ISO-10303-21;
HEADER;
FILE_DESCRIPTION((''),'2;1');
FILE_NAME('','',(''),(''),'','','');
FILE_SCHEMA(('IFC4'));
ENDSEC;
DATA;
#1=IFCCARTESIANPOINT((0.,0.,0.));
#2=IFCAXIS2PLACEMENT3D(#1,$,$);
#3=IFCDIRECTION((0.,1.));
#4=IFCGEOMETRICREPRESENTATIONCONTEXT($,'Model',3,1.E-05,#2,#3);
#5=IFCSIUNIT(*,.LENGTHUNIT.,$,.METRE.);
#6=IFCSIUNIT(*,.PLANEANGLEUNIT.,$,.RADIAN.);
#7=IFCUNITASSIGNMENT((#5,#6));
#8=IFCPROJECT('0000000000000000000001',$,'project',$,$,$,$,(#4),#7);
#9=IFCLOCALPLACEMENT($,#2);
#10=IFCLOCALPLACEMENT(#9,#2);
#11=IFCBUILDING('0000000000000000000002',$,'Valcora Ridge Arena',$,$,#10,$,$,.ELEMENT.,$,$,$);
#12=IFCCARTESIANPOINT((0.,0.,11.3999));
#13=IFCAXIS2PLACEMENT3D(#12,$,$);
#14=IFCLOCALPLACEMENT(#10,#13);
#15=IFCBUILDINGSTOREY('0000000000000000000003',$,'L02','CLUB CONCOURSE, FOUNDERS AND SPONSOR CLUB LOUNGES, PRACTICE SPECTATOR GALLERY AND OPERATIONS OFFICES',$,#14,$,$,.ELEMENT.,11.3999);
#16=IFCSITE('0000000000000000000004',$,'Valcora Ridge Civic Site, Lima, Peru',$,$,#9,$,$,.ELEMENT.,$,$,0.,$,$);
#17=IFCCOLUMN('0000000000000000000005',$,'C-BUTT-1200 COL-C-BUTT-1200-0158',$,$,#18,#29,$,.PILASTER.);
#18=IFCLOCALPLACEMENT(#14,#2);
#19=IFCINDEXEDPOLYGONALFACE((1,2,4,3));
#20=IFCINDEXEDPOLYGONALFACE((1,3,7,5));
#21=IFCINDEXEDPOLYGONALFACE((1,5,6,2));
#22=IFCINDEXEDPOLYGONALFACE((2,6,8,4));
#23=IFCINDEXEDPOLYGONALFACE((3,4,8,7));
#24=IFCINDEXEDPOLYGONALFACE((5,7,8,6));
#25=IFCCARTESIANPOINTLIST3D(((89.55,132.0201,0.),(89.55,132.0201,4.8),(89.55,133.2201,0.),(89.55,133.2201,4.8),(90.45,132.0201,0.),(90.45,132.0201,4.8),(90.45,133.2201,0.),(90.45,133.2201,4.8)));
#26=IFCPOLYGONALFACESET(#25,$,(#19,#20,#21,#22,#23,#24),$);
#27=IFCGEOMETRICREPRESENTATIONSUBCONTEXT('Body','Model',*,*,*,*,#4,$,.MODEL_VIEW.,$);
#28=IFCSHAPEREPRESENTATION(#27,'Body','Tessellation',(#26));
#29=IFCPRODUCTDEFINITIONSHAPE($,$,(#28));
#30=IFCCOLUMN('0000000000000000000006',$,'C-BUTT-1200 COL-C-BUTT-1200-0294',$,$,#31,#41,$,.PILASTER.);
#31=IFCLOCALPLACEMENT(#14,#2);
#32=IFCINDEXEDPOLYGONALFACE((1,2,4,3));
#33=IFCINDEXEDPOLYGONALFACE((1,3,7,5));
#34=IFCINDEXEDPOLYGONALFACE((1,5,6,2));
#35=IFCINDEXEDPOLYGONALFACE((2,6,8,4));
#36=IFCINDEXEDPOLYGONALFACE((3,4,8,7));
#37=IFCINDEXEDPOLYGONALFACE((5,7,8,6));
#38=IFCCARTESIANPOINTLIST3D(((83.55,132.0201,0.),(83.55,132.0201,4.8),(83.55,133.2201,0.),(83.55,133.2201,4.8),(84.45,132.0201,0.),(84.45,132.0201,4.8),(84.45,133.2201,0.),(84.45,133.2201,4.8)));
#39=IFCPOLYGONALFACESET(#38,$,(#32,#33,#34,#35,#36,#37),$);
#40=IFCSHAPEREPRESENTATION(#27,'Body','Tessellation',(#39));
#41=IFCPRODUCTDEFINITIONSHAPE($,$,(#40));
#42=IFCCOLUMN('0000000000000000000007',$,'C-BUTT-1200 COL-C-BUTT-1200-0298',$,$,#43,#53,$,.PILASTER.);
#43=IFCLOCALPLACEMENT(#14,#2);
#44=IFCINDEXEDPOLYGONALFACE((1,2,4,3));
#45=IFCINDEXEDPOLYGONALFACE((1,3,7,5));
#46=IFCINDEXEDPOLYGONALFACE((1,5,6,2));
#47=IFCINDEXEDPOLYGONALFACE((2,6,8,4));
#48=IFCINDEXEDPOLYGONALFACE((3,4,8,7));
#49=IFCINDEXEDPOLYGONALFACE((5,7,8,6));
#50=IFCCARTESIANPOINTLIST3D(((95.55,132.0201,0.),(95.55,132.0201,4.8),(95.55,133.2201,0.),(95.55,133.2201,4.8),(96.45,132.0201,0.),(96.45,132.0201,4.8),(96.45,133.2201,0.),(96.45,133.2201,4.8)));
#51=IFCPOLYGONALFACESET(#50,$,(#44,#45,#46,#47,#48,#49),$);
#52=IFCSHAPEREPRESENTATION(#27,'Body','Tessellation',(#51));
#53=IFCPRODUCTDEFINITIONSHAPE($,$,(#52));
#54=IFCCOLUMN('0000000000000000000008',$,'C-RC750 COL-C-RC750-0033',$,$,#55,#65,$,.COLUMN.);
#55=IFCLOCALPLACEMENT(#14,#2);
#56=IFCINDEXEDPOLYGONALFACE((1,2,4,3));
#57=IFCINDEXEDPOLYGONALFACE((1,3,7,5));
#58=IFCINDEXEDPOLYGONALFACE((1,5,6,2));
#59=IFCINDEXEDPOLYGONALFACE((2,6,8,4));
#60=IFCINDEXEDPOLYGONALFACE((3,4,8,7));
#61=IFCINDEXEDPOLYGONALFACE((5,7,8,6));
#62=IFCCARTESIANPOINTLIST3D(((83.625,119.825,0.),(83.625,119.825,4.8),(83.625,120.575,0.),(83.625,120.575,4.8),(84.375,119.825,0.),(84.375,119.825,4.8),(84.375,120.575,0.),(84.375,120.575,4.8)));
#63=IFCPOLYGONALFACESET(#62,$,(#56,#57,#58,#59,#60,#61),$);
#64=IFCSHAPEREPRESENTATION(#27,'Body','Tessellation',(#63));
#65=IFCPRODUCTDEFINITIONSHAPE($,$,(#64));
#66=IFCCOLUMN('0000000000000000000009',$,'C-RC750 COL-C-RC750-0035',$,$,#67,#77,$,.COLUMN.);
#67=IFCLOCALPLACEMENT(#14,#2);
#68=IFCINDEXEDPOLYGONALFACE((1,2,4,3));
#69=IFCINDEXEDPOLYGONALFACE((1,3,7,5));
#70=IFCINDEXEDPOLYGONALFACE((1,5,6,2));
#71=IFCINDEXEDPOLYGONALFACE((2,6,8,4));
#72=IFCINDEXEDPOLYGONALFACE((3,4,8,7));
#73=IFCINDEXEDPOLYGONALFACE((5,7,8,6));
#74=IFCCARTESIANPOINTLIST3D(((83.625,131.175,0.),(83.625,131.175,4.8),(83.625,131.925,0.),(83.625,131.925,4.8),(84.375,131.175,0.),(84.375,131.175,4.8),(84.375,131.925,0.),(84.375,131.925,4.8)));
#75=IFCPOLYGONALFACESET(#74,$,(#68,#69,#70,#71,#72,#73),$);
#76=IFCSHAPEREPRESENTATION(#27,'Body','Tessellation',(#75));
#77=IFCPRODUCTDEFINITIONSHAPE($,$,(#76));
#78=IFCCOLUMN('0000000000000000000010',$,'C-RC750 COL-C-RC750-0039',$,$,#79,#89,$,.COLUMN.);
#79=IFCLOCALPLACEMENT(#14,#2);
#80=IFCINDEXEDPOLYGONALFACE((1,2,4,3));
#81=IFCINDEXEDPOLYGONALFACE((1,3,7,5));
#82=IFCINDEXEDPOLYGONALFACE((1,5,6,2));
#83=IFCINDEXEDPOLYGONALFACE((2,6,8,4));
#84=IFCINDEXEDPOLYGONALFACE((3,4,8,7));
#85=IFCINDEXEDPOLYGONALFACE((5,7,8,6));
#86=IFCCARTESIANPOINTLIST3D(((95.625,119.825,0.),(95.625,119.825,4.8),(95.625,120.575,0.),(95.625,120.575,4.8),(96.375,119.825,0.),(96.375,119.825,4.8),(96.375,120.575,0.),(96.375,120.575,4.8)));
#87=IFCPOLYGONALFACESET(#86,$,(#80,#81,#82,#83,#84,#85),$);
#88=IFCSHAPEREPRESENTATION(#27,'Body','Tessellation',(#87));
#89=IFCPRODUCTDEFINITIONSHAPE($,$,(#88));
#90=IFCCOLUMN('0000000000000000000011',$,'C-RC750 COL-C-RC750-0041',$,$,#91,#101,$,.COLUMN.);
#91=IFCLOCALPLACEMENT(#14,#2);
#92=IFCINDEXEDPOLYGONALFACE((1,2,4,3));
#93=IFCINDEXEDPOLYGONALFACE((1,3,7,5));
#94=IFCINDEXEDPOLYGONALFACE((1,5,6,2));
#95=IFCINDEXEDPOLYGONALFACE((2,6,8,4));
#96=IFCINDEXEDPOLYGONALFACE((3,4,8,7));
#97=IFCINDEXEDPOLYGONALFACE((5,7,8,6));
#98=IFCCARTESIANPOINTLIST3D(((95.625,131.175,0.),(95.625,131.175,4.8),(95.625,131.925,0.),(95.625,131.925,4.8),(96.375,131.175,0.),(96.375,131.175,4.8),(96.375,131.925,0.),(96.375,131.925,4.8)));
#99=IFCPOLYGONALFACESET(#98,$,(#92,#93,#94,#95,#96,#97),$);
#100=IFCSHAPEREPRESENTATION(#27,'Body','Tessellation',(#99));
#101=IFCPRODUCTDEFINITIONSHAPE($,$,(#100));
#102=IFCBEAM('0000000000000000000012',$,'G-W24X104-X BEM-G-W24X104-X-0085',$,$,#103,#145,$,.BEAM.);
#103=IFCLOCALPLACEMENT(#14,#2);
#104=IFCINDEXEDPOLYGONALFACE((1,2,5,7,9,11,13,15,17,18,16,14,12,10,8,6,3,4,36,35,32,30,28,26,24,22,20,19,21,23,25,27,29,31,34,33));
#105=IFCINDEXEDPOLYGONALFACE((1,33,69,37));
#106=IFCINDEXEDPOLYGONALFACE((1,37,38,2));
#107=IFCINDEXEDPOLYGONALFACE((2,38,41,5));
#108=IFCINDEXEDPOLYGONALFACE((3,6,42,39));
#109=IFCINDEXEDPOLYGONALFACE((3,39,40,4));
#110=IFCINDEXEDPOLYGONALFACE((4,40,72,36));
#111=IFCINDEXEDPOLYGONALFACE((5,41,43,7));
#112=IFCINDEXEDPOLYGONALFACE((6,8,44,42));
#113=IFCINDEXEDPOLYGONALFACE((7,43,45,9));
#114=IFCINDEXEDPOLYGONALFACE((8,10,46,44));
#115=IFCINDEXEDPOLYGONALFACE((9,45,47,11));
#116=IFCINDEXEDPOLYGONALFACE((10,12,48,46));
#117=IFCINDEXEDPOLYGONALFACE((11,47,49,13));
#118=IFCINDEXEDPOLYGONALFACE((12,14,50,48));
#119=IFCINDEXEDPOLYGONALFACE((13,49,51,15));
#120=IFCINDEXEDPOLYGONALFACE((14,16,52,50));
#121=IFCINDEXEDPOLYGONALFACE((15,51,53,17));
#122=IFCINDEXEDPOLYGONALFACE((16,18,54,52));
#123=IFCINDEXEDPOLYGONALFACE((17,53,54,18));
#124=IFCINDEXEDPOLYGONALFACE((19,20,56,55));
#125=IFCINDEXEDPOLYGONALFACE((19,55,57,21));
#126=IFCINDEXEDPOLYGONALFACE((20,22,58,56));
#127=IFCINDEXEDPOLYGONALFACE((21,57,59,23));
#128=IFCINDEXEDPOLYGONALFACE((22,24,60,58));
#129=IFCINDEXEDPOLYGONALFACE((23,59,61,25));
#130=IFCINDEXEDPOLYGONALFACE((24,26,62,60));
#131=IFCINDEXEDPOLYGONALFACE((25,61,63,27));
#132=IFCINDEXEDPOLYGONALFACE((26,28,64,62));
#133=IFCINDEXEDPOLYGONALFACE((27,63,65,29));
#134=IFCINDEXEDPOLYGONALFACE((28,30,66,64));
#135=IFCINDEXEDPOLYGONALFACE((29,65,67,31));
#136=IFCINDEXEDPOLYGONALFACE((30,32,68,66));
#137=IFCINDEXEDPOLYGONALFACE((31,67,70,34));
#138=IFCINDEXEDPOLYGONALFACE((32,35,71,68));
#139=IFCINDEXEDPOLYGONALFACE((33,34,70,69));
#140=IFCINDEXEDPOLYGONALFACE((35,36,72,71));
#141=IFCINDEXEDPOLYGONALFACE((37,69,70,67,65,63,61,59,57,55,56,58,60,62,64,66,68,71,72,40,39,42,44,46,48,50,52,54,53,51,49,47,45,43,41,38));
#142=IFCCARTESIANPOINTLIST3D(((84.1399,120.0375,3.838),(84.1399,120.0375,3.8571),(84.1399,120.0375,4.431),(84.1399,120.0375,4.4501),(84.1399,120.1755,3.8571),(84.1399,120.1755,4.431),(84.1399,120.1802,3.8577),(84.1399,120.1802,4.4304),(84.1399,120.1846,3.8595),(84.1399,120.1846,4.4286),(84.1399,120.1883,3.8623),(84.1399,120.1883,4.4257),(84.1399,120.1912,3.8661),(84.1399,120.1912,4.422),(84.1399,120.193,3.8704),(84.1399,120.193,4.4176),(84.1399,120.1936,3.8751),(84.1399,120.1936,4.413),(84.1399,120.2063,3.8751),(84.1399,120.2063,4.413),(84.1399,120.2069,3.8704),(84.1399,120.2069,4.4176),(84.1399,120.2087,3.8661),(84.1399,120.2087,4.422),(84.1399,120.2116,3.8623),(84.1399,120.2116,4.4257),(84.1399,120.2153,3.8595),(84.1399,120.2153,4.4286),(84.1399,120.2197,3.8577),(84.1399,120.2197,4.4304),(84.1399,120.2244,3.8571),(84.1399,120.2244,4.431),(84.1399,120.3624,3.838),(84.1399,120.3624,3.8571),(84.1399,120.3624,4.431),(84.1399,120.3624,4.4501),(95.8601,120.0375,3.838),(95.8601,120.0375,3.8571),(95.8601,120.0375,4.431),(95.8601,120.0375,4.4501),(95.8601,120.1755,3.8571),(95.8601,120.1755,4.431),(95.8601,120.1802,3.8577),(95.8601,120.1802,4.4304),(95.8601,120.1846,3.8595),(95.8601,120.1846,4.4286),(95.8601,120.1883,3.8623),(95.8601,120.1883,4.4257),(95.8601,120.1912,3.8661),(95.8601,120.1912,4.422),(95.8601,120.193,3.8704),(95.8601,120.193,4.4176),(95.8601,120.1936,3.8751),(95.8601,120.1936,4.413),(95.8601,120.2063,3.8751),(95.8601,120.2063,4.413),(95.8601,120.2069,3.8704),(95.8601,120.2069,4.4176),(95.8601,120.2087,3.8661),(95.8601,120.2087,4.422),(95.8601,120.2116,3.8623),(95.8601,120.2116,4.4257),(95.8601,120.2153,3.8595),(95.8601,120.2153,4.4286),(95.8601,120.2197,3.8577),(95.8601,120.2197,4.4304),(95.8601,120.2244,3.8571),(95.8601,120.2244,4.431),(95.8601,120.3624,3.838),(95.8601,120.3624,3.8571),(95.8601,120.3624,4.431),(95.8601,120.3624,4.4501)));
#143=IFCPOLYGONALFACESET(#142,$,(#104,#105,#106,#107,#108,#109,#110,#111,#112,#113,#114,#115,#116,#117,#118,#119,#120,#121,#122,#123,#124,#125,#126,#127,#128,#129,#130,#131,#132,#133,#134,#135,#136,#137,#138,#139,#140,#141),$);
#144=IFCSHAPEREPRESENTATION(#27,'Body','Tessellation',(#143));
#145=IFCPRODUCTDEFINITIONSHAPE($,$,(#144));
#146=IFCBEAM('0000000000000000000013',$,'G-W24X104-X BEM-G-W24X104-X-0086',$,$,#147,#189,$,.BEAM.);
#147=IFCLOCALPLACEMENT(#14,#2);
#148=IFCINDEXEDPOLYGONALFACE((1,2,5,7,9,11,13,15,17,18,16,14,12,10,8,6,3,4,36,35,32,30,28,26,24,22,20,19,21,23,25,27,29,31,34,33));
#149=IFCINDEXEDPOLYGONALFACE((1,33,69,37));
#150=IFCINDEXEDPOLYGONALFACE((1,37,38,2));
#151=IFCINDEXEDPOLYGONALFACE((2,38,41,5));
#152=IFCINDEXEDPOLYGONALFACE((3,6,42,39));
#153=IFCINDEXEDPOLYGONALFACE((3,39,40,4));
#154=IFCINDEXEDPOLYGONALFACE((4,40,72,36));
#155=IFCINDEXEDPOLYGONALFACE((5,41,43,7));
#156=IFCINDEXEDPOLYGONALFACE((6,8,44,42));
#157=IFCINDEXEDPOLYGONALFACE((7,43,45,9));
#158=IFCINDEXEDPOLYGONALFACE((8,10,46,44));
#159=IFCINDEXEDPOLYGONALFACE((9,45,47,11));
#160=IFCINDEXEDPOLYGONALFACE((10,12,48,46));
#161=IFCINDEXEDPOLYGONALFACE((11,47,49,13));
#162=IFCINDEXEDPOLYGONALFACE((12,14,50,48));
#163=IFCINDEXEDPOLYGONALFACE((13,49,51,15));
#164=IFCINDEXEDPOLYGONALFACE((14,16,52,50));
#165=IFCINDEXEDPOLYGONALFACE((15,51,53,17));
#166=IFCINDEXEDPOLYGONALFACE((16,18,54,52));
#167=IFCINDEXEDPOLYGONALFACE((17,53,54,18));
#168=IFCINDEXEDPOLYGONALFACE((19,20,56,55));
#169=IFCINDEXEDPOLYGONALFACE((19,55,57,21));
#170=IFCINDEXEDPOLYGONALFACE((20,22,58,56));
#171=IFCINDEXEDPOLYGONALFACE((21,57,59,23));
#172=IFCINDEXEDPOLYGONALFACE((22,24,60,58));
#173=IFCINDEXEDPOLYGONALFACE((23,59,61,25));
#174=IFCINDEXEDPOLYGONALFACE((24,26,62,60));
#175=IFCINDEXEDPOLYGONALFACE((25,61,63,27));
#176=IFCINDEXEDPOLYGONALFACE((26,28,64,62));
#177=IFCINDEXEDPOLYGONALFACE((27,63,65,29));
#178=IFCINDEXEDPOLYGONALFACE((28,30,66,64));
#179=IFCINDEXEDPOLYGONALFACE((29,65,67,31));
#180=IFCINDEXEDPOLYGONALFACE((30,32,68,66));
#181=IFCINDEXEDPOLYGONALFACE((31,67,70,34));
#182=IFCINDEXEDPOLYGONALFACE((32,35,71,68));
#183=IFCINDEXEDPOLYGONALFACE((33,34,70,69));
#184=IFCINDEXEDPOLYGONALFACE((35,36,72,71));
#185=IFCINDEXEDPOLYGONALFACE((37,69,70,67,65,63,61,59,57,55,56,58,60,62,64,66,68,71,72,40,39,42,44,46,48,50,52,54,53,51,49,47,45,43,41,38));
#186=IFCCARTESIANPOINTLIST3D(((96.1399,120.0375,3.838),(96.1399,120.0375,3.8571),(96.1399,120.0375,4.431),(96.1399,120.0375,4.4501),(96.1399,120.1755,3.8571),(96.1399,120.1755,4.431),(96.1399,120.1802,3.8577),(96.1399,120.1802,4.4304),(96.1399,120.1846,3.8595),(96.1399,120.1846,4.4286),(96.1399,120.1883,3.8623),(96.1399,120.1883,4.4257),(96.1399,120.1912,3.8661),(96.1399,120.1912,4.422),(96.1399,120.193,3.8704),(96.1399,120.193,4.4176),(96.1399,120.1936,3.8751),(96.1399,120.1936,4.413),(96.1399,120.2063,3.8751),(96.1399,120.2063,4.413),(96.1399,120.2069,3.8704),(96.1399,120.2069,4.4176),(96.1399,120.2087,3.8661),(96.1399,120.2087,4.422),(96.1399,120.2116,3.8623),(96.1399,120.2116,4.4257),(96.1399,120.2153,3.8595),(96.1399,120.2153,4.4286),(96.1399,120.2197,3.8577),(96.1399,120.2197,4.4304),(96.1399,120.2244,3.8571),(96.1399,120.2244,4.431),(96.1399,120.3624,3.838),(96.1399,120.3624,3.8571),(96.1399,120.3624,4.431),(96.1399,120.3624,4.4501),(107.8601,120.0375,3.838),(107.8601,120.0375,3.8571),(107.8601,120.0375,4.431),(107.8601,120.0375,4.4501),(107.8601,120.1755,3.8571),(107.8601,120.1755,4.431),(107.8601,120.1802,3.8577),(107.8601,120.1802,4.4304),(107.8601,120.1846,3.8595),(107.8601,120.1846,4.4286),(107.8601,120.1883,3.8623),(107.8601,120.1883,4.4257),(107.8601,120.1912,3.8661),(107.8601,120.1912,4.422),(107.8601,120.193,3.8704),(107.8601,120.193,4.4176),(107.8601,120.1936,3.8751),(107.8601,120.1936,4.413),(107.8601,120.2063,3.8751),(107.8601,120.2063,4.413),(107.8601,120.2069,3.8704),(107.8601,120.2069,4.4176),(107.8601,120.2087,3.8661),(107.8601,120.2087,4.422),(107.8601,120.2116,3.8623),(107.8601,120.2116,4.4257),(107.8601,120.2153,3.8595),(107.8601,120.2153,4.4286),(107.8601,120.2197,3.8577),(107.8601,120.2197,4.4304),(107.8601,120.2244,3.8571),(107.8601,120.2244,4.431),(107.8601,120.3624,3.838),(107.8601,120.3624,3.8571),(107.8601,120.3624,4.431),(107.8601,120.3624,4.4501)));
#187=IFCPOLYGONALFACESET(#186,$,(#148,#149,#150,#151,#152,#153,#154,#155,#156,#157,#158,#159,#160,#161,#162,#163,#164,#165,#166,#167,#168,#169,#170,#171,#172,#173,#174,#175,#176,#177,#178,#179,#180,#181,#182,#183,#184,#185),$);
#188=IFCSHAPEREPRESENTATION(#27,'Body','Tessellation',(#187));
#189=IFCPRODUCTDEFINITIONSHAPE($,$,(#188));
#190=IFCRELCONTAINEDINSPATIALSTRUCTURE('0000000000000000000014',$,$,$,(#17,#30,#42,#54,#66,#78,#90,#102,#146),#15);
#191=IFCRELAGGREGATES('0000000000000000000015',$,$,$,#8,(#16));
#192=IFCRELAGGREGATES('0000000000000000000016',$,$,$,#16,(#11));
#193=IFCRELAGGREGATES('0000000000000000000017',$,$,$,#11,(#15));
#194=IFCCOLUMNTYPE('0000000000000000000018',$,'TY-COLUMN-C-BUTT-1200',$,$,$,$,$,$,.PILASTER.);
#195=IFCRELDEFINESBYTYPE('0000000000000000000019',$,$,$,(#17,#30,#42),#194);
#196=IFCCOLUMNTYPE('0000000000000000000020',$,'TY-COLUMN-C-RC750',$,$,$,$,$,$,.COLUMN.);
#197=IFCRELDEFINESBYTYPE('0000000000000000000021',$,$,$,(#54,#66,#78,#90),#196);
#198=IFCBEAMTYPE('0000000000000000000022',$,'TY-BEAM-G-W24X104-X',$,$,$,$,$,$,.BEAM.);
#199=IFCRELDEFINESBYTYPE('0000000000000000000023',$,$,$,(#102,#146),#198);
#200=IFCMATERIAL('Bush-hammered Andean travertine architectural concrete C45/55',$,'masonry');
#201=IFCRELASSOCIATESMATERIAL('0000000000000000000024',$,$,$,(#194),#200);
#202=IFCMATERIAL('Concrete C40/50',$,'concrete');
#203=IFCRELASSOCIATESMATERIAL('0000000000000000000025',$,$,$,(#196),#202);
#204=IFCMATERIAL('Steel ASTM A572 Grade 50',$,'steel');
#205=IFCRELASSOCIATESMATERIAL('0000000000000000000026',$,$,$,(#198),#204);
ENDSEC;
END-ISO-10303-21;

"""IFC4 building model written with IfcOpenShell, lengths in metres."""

from ifc_helpers import new_model, si_unit, direction, frame, origin, origin_2d, place, context, subcontext, project, spatial, rectangle, i_section, extrude, material, material_profile, profile_set, type_object, element, save


model = new_model("IFC4")

# Units and contexts
model_context = context("Model", 3, precision=1e-05, world=origin(), true_north=direction((0.0, 1.0)))
body_context = subcontext(model_context, "Body", "Model", "MODEL_VIEW")
ifc_project = project(units=[si_unit("LENGTHUNIT", "METRE"), si_unit("PLANEANGLEUNIT", "RADIAN")], contexts=[model_context])

# Site, building, storey
site_placement = place(None, origin())
site = spatial("IfcSite", under=ifc_project, at=site_placement, Name="Valcora Ridge Civic Site, Lima, Peru", CompositionType="ELEMENT", RefElevation=0.0)
building_placement = place(site_placement, origin())
building = spatial("IfcBuilding", under=site, at=building_placement, Name="Valcora Ridge Arena", CompositionType="ELEMENT")
storey_placement = place(building_placement, frame((0.0, 0.0, 11.3999)))
storey = spatial("IfcBuildingStorey", under=building, at=storey_placement, Name="L02", Description="CLUB CONCOURSE, FOUNDERS AND SPONSOR CLUB LOUNGES, PRACTICE SPECTATOR GALLERY AND OPERATIONS OFFICES", CompositionType="ELEMENT", Elevation=11.3999)

# Columns
ifc_material_1 = material(Name="Bush-hammered Andean travertine architectural concrete C45/55", Category="masonry")
ifc_material_profile_1 = material_profile(ifc_material_1, rectangle(XDim=0.8999, YDim=1.2, at=origin_2d()), Name="RC 900x1200")
ifc_profile_set_1 = profile_set([ifc_material_profile_1], Name="Bush-hammered Andean travertine architectural concrete C45/55")
column_type_1 = type_object("IfcColumnType", Name="TY-COLUMN-C-BUTT-1200", PredefinedType="PILASTER", material=ifc_profile_set_1)
for number, where, z_axis, x_axis, name in (
    (1, (90.0, 132.6201, 0.0), (0.0, 0.0, 1.0), (1.0, 0.0, 0.0), "C-BUTT-1200 COL-C-BUTT-1200-0158"),
    (2, (84.0, 132.6201, 0.0), (0.0, 0.0, 1.0), (1.0, 0.0, 0.0), "C-BUTT-1200 COL-C-BUTT-1200-0294"),
    (3, (96.0, 132.6201, 0.0), (0.0, 0.0, 1.0), (1.0, 0.0, 0.0), "C-BUTT-1200 COL-C-BUTT-1200-0298"),
):
    element("IfcColumn", number, at=place(storey_placement, frame(where, z_axis=z_axis, x_axis=x_axis)), inside=storey, type_object=column_type_1, Name=name, PredefinedType="PILASTER", context=body_context, shape_type="SweptSolid", body=[
        extrude(rectangle(XDim=0.8999, YDim=1.2, at=origin_2d()), origin(), (0.0, 0.0, 1.0), 4.8),
    ])
ifc_material_2 = material(Name="Concrete C40/50", Category="concrete")
ifc_material_profile_2 = material_profile(ifc_material_2, rectangle(XDim=0.75, YDim=0.75, at=origin_2d()), Name="RC 750x750")
ifc_profile_set_2 = profile_set([ifc_material_profile_2], Name="Concrete C40/50")
column_type_2 = type_object("IfcColumnType", Name="TY-COLUMN-C-RC750", PredefinedType="COLUMN", material=ifc_profile_set_2)
for number, where, z_axis, x_axis, name in (
    (4, (84.0, 120.2, 0.0), (0.0, 0.0, 1.0), (1.0, 0.0, 0.0), "C-RC750 COL-C-RC750-0033"),
    (5, (84.0, 131.55, 0.0), (0.0, 0.0, 1.0), (1.0, 0.0, 0.0), "C-RC750 COL-C-RC750-0035"),
    (6, (96.0, 120.2, 0.0), (0.0, 0.0, 1.0), (1.0, 0.0, 0.0), "C-RC750 COL-C-RC750-0039"),
    (7, (96.0, 131.55, 0.0), (0.0, 0.0, 1.0), (1.0, 0.0, 0.0), "C-RC750 COL-C-RC750-0041"),
):
    element("IfcColumn", number, at=place(storey_placement, frame(where, z_axis=z_axis, x_axis=x_axis)), inside=storey, type_object=column_type_2, Name=name, PredefinedType="COLUMN", context=body_context, shape_type="SweptSolid", body=[
        extrude(rectangle(XDim=0.75, YDim=0.75, at=origin_2d()), origin(), (0.0, 0.0, 1.0), 4.8),
    ])

# Beams
ifc_material_3 = material(Name="Steel ASTM A572 Grade 50", Category="steel")
ifc_material_profile_3 = material_profile(ifc_material_3, i_section(OverallWidth=0.325, OverallDepth=0.6121, WebThickness=0.0127, FlangeThickness=0.019, FilletRadius=0.0181, at=origin_2d()), Name="W24X104")
ifc_profile_set_3 = profile_set([ifc_material_profile_3], Name="Steel ASTM A572 Grade 50")
beam_type_1 = type_object("IfcBeamType", Name="TY-BEAM-G-W24X104-X", PredefinedType="BEAM", material=ifc_profile_set_3)
for number, where, z_axis, x_axis, name in (
    (8, (84.1399, 120.2, 4.144), (1.0, 0.0, 0.0), (0.0, 1.0, 0.0), "G-W24X104-X BEM-G-W24X104-X-0085"),
    (9, (96.1399, 120.2, 4.144), (1.0, 0.0, 0.0), (0.0, 1.0, 0.0), "G-W24X104-X BEM-G-W24X104-X-0086"),
):
    element("IfcBeam", number, at=place(storey_placement, frame(where, z_axis=z_axis, x_axis=x_axis)), inside=storey, type_object=beam_type_1, Name=name, PredefinedType="BEAM", context=body_context, shape_type="SweptSolid", body=[
        extrude(i_section(OverallWidth=0.325, OverallDepth=0.6121, WebThickness=0.0127, FlangeThickness=0.019, FilletRadius=0.0181, at=origin_2d()), origin(), (0.0, 0.0, 1.0), 11.7202),
    ])

save(model, "model.ifc")
